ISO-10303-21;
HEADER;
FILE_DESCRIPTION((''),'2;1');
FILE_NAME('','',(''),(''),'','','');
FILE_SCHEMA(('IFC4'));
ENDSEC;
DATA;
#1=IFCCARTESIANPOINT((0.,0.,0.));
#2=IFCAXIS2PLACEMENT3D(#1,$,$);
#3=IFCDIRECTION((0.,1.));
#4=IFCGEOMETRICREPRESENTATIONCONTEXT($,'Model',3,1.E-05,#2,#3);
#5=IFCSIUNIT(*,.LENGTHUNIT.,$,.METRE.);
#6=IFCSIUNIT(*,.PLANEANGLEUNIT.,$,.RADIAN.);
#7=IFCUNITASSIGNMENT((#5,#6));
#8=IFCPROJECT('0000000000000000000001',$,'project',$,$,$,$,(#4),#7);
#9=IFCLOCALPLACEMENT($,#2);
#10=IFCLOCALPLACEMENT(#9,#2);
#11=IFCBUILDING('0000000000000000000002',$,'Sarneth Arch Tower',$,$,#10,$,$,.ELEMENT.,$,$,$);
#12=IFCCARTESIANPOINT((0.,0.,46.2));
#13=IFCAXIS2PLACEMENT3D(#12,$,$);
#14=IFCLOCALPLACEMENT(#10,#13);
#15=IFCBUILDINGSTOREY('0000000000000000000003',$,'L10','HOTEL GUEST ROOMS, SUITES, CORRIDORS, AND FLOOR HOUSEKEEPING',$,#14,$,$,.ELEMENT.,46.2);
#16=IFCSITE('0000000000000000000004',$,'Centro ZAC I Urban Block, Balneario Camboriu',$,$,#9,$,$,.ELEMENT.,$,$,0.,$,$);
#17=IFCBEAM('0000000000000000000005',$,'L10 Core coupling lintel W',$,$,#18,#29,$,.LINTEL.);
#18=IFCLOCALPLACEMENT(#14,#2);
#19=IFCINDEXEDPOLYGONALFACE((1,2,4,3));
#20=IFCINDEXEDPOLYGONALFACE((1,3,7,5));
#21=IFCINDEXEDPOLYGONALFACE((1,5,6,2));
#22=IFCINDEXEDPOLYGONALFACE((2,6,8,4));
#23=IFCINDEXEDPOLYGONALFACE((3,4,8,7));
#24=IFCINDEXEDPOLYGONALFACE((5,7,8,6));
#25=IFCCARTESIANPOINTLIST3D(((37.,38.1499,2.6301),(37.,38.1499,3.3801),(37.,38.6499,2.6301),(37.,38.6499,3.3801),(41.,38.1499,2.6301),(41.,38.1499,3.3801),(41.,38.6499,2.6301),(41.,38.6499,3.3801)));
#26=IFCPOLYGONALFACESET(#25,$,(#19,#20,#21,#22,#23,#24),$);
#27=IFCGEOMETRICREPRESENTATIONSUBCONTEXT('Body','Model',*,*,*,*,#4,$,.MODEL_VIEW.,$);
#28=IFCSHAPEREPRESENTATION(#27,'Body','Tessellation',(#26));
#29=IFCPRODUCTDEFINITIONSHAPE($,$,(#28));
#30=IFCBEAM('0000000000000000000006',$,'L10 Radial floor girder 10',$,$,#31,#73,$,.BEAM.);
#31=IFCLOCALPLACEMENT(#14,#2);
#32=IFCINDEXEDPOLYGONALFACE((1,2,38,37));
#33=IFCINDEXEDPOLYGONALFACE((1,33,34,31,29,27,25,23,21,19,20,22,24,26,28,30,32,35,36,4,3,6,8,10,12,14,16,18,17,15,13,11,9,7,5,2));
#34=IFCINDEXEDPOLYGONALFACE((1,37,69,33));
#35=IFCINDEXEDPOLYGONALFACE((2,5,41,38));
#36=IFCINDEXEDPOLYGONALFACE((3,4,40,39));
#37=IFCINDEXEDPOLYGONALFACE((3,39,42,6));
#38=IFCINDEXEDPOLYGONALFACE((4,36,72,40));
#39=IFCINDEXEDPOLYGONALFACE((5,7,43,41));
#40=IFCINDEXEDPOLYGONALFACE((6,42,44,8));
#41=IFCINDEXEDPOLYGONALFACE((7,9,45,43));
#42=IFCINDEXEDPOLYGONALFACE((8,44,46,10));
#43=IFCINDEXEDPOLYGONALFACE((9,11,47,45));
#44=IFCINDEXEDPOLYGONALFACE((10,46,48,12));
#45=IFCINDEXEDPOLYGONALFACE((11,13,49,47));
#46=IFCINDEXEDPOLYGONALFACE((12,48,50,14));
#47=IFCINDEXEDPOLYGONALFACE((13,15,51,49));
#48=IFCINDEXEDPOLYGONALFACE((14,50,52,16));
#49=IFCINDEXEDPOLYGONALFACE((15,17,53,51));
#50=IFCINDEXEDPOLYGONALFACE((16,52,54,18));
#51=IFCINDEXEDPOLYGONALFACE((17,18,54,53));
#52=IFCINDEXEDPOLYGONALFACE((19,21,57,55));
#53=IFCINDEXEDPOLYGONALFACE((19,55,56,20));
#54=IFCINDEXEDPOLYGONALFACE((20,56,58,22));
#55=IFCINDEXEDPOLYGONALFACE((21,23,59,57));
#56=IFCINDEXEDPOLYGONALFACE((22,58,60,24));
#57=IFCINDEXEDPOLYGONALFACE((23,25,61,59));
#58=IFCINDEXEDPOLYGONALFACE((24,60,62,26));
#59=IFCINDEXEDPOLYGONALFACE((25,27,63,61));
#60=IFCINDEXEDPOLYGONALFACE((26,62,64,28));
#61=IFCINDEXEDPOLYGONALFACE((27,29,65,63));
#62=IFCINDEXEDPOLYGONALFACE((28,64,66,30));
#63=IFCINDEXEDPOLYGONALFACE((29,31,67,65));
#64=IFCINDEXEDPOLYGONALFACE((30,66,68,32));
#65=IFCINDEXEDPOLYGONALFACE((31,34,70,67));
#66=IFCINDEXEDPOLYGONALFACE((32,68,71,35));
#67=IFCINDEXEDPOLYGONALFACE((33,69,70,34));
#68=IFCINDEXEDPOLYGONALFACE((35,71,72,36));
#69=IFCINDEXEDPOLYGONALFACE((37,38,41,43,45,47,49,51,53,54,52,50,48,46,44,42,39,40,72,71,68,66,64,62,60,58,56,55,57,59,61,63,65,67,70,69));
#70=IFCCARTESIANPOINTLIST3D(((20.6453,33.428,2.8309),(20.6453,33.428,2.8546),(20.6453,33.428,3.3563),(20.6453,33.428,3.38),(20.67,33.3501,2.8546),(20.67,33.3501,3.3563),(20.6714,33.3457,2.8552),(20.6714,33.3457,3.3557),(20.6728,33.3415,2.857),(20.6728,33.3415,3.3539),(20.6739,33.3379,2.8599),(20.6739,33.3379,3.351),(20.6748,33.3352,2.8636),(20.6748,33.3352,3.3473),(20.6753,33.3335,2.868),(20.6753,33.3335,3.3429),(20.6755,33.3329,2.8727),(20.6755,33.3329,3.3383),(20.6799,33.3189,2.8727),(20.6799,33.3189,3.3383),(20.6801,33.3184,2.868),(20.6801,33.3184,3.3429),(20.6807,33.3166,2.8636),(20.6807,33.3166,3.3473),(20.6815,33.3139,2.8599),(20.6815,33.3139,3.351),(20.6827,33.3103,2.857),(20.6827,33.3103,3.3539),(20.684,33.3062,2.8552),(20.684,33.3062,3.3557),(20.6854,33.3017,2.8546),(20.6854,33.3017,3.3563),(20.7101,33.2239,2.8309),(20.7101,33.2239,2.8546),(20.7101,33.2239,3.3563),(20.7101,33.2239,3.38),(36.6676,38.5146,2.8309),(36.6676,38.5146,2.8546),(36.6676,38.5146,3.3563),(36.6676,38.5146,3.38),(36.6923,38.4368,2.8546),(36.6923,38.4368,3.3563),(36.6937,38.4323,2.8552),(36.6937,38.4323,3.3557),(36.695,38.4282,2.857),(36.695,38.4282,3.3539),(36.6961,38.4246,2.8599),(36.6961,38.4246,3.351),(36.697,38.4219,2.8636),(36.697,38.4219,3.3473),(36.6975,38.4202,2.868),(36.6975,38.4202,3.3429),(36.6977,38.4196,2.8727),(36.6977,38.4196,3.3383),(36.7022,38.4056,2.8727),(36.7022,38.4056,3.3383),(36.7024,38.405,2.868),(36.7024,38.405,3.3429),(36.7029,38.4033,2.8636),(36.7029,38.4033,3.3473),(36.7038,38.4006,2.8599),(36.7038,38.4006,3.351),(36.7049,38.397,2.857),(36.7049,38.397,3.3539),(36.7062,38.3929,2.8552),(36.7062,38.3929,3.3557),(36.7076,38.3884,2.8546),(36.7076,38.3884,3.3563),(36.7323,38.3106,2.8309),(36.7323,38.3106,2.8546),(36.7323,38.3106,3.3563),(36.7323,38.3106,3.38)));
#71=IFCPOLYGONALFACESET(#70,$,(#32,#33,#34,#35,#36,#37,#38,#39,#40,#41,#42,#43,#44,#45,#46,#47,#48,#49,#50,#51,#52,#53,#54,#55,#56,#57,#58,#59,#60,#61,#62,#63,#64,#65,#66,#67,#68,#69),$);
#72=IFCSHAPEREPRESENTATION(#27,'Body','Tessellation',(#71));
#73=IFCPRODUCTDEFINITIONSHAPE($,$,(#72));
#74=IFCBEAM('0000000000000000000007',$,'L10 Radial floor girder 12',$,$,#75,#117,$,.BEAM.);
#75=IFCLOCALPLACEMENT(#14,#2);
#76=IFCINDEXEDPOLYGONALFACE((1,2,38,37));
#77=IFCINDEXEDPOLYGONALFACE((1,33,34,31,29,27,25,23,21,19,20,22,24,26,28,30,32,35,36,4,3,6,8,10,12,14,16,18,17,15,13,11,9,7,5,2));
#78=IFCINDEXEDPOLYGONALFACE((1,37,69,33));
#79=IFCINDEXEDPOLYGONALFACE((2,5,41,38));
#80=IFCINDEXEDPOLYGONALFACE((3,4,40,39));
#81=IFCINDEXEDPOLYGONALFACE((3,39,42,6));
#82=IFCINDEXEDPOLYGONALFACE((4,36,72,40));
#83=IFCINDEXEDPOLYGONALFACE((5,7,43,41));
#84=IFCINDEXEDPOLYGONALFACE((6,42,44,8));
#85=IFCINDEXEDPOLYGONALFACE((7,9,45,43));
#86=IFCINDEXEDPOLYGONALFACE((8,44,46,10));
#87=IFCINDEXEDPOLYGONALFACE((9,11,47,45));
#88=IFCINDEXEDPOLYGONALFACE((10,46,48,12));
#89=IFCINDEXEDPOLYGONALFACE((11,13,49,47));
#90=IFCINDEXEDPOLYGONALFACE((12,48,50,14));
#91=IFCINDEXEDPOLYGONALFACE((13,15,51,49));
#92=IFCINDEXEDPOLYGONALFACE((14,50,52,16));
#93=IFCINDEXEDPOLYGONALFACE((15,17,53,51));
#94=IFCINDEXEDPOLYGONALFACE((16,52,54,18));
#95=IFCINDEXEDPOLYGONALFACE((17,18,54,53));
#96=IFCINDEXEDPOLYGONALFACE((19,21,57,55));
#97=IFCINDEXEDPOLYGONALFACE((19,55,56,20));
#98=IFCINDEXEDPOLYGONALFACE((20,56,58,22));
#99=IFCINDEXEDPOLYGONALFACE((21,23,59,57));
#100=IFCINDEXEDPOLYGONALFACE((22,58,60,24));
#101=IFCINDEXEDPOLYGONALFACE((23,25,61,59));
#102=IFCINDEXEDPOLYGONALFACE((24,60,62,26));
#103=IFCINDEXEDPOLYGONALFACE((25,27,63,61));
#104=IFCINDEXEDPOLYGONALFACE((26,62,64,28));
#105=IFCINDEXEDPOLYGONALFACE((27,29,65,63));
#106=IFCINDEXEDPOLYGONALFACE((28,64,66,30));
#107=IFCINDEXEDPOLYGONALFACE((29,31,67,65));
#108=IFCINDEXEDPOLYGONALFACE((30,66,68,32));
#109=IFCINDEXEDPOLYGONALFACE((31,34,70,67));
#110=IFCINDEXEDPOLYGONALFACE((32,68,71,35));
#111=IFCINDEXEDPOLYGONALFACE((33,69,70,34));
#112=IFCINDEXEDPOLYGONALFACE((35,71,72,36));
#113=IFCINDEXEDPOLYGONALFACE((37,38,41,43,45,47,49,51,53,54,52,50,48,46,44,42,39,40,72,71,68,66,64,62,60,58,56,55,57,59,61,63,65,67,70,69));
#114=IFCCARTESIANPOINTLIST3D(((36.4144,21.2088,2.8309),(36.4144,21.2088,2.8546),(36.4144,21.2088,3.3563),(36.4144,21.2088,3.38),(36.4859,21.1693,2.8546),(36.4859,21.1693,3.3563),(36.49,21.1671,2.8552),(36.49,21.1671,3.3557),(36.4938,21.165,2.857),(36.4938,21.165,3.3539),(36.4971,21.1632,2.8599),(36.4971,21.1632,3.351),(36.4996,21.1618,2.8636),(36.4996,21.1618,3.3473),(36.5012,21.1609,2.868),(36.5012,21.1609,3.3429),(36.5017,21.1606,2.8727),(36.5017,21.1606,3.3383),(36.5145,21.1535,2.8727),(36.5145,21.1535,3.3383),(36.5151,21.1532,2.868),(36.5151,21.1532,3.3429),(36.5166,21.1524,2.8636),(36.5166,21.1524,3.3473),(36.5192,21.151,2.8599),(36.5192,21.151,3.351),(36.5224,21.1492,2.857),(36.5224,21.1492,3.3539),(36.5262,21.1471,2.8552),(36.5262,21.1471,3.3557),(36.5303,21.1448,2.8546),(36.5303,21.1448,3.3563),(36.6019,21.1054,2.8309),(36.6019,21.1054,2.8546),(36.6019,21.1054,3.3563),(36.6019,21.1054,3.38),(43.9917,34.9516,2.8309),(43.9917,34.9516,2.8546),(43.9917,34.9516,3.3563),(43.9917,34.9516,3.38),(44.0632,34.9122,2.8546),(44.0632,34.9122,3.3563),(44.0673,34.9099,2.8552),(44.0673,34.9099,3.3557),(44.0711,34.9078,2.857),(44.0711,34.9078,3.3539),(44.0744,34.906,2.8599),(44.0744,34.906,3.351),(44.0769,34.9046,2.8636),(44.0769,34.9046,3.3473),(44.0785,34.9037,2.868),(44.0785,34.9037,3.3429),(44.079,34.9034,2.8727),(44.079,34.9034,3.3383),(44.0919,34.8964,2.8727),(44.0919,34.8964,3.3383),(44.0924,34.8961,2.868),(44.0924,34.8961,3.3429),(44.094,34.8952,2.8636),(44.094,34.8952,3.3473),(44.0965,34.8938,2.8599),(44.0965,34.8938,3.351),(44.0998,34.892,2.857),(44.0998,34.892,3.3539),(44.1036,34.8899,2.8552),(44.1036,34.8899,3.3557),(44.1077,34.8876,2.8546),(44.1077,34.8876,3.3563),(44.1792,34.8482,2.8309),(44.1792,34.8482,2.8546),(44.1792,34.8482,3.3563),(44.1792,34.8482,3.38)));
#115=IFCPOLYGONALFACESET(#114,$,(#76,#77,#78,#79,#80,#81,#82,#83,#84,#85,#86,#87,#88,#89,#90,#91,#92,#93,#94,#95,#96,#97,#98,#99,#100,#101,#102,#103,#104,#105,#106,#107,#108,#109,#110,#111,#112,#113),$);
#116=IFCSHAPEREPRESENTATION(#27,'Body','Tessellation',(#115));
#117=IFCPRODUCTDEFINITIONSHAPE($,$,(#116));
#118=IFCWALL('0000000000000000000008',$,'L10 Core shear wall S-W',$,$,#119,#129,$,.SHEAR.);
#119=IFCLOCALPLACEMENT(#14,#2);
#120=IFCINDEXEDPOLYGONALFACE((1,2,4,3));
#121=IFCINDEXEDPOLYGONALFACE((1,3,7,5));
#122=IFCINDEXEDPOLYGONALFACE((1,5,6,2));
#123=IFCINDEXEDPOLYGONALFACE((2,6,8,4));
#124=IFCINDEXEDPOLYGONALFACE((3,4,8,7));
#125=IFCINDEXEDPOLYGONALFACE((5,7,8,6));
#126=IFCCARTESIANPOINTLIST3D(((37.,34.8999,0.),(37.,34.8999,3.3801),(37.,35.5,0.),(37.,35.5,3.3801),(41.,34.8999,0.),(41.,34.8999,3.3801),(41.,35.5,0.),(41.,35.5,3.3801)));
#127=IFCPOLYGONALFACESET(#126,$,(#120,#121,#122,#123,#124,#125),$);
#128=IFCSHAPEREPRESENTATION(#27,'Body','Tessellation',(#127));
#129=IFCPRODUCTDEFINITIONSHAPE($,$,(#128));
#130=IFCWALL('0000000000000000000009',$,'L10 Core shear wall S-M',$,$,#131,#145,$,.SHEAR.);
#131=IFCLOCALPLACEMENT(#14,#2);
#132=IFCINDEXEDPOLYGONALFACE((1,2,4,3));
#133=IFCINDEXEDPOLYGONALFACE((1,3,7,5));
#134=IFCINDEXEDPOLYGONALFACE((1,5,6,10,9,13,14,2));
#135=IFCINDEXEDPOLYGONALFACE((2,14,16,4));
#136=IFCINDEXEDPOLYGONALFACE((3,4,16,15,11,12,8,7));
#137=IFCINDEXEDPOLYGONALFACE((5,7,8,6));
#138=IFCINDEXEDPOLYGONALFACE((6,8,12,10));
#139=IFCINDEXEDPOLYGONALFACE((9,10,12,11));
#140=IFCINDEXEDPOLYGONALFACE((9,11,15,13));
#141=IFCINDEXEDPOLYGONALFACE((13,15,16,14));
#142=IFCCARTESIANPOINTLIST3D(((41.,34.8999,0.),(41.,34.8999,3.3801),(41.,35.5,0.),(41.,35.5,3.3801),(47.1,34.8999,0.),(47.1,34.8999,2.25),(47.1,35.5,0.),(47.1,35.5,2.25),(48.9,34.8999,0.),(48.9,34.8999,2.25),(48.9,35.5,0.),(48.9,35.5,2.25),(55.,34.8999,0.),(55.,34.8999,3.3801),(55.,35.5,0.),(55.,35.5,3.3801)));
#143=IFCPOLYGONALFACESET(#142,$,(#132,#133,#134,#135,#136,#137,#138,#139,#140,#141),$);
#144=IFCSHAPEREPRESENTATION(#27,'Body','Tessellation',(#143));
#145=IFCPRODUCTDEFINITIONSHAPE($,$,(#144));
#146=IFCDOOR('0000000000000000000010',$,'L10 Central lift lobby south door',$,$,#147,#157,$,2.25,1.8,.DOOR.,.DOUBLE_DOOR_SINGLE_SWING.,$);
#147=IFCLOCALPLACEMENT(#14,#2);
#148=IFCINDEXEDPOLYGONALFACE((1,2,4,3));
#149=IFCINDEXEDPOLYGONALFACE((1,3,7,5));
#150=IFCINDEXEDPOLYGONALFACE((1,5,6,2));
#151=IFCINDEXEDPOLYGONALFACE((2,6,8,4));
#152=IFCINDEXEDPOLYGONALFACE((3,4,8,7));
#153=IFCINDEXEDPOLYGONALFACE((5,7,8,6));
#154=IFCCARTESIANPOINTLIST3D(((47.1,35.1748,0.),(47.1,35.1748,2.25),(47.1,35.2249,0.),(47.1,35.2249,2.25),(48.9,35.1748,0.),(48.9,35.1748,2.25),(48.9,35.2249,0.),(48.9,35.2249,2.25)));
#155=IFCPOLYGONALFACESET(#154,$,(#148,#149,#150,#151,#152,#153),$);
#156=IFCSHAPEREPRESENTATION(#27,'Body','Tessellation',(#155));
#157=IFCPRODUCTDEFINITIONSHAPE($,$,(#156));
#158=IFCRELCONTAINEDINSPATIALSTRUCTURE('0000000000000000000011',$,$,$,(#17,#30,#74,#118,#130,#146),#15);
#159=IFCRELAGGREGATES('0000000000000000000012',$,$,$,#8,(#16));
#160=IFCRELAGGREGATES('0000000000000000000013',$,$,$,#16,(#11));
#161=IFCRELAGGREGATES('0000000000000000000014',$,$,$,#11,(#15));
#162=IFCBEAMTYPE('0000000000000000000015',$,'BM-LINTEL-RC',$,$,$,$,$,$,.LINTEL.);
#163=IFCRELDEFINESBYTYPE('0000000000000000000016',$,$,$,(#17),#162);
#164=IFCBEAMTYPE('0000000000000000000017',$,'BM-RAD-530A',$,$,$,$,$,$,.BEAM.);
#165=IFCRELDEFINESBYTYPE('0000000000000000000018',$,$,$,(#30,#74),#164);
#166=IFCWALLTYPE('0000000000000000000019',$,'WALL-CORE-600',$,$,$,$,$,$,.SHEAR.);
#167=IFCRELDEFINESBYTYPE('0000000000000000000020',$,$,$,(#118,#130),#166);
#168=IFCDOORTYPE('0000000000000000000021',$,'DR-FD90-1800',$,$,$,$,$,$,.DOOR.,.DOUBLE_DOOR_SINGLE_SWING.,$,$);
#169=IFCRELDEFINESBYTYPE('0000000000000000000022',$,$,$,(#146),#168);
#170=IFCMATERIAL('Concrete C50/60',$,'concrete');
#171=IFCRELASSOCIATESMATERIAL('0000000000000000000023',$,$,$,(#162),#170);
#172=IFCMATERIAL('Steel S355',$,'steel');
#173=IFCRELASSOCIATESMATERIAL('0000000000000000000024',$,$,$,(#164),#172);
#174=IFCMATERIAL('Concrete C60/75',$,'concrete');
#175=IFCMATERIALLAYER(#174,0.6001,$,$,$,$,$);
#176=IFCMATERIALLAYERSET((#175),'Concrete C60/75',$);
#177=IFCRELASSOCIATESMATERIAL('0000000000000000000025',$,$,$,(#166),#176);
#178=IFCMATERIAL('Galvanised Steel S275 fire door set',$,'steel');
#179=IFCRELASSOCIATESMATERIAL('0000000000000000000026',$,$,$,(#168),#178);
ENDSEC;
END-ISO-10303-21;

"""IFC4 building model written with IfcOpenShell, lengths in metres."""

from ifc_helpers import new_model, si_unit, direction, frame, frame_2d, origin, origin_2d, place, context, subcontext, project, spatial, rectangle, i_section, extrude, material, layer, layer_set, material_profile, profile_set, type_object, element, fill, save


model = new_model("IFC4")

# Units and contexts
model_context = context("Model", 3, precision=1e-05, world=origin(), true_north=direction((0.0, 1.0)))
body_context = subcontext(model_context, "Body", "Model", "MODEL_VIEW")
ifc_project = project(units=[si_unit("LENGTHUNIT", "METRE"), si_unit("PLANEANGLEUNIT", "RADIAN")], contexts=[model_context])

# Site, building, storey
site_placement = place(None, origin())
site = spatial("IfcSite", under=ifc_project, at=site_placement, Name="Centro ZAC I Urban Block, Balneario Camboriu", CompositionType="ELEMENT", RefElevation=0.0)
building_placement = place(site_placement, origin())
building = spatial("IfcBuilding", under=site, at=building_placement, Name="Sarneth Arch Tower", CompositionType="ELEMENT")
storey_placement = place(building_placement, frame((0.0, 0.0, 46.2)))
storey = spatial("IfcBuildingStorey", under=building, at=storey_placement, Name="L10", Description="HOTEL GUEST ROOMS, SUITES, CORRIDORS, AND FLOOR HOUSEKEEPING", CompositionType="ELEMENT", Elevation=46.2)

# Beams
ifc_material_1 = material(Name="Concrete C50/60", Category="concrete")
ifc_material_profile_1 = material_profile(ifc_material_1, rectangle(XDim=0.5, YDim=0.75, at=origin_2d()), Name="RC-500x750")
ifc_profile_set_1 = profile_set([ifc_material_profile_1], Name="Concrete C50/60")
beam_type_1 = type_object("IfcBeamType", Name="BM-LINTEL-RC", PredefinedType="LINTEL", material=ifc_profile_set_1)
beam_1_placement = place(storey_placement, frame((37.0, 38.3999, 3.0051), z_axis=(1.0, 0.0, 0.0), x_axis=(0.0, 1.0, 0.0)))
element("IfcBeam", 1, at=beam_1_placement, inside=storey, type_object=beam_type_1, Name="L10 Core coupling lintel W", PredefinedType="LINTEL", context=body_context, shape_type="SweptSolid", body=[
    extrude(rectangle(XDim=0.5, YDim=0.75, at=origin_2d()), origin(), (0.0, 0.0, 1.0), 4.0),
])
ifc_material_2 = material(Name="Steel S355", Category="steel")
ifc_material_profile_2 = material_profile(ifc_material_2, i_section(OverallWidth=0.2141, OverallDepth=0.5491, WebThickness=0.0146, FlangeThickness=0.0237, FilletRadius=0.0181, at=origin_2d()), Name="W530x138")
ifc_profile_set_2 = profile_set([ifc_material_profile_2], Name="Steel S355")
beam_type_2 = type_object("IfcBeamType", Name="BM-RAD-530A", PredefinedType="BEAM", material=ifc_profile_set_2)
beam_2_placement = place(storey_placement, frame((36.7, 38.4126, 3.1055), z_axis=(-0.95312, -0.302593, 0.0), x_axis=(0.302593, -0.95312, 0.0)))
element("IfcBeam", 2, at=beam_2_placement, inside=storey, type_object=beam_type_2, Name="L10 Radial floor girder 10", PredefinedType="BEAM", context=body_context, shape_type="SweptSolid", body=[
    extrude(i_section(OverallWidth=0.2141, OverallDepth=0.5491, WebThickness=0.0146, FlangeThickness=0.0237, FilletRadius=0.0181, at=origin_2d()), origin(), (0.0, 0.0, 1.0), 16.8103),
])
beam_3_placement = place(storey_placement, frame((44.0854, 34.8999, 3.1055), z_axis=(-0.482838, -0.87571, 0.0), x_axis=(0.87571, -0.482838, 0.0)))
element("IfcBeam", 3, at=beam_3_placement, inside=storey, type_object=beam_type_2, Name="L10 Radial floor girder 12", PredefinedType="BEAM", context=body_context, shape_type="SweptSolid", body=[
    extrude(i_section(OverallWidth=0.2141, OverallDepth=0.5491, WebThickness=0.0146, FlangeThickness=0.0237, FilletRadius=0.0181, at=origin_2d()), origin(), (0.0, 0.0, 1.0), 15.6934),
])

# Wall
ifc_material_3 = material(Name="Concrete C60/75", Category="concrete")
ifc_layer_1 = layer(ifc_material_3, 0.6001)
ifc_layer_set_1 = layer_set([ifc_layer_1], Name="Concrete C60/75")
wall_type_1 = type_object("IfcWallType", Name="WALL-CORE-600", PredefinedType="SHEAR", material=ifc_layer_set_1)
wall_1_placement = place(storey_placement, frame((37.0, 35.2, 0.0), z_axis=(0.0, 0.0, 1.0), x_axis=(1.0, 0.0, 0.0)))
element("IfcWall", 4, at=wall_1_placement, inside=storey, type_object=wall_type_1, Name="L10 Core shear wall S-W", PredefinedType="SHEAR", context=body_context, shape_type="SweptSolid", body=[
    extrude(rectangle(XDim=4.0, YDim=0.6001, at=frame_2d((2.0, 0.0))), origin(), (0.0, 0.0, 1.0), 3.3801),
])

# Wall, opening, door
wall_2_placement = place(storey_placement, frame((41.0, 35.2, 0.0), z_axis=(0.0, 0.0, 1.0), x_axis=(1.0, 0.0, 0.0)))
wall_2 = element("IfcWall", 5, at=wall_2_placement, inside=storey, type_object=wall_type_1, Name="L10 Core shear wall S-M", PredefinedType="SHEAR", context=body_context, shape_type="SweptSolid", body=[
    extrude(rectangle(XDim=14.0, YDim=0.6001, at=frame_2d((7.0, 0.0))), origin(), (0.0, 0.0, 1.0), 3.3801),
])
opening_1_placement = place(wall_2_placement, frame((6.1001, 0.0, 0.0)))
opening_1 = element("IfcOpeningElement", 6, at=opening_1_placement, cuts=wall_2, PredefinedType="OPENING", context=body_context, shape_type="SweptSolid", body=[
    extrude(rectangle(XDim=1.8, YDim=2.25, at=frame_2d((0.8999, 1.125))), frame((0.0, 0.3101, 0.0), z_axis=(0.0, -1.0, 0.0), x_axis=(1.0, 0.0, 0.0)), (0.0, 0.0, 1.0), 0.6201),
])
ifc_material_4 = material(Name="Galvanised Steel S275 fire door set", Category="steel")
door_type_1 = type_object("IfcDoorType", Name="DR-FD90-1800", OperationType="DOUBLE_DOOR_SINGLE_SWING", PredefinedType="DOOR", material=ifc_material_4)
door_1_placement = place(opening_1_placement, origin())
door_1 = element("IfcDoor", 7, at=door_1_placement, inside=storey, type_object=door_type_1, Name="L10 Central lift lobby south door", OperationType="DOUBLE_DOOR_SINGLE_SWING", OverallHeight=2.25, OverallWidth=1.8, PredefinedType="DOOR", context=body_context, shape_type="SweptSolid", body=[
    extrude(rectangle(XDim=1.8, YDim=2.25, at=frame_2d((0.8999, 1.125))), frame((0.0, 0.0249, 0.0), z_axis=(0.0, -1.0, 0.0), x_axis=(1.0, 0.0, 0.0)), (0.0, 0.0, 1.0), 0.05),
])
fill(opening_1, door_1)

save(model, "model.ifc")
